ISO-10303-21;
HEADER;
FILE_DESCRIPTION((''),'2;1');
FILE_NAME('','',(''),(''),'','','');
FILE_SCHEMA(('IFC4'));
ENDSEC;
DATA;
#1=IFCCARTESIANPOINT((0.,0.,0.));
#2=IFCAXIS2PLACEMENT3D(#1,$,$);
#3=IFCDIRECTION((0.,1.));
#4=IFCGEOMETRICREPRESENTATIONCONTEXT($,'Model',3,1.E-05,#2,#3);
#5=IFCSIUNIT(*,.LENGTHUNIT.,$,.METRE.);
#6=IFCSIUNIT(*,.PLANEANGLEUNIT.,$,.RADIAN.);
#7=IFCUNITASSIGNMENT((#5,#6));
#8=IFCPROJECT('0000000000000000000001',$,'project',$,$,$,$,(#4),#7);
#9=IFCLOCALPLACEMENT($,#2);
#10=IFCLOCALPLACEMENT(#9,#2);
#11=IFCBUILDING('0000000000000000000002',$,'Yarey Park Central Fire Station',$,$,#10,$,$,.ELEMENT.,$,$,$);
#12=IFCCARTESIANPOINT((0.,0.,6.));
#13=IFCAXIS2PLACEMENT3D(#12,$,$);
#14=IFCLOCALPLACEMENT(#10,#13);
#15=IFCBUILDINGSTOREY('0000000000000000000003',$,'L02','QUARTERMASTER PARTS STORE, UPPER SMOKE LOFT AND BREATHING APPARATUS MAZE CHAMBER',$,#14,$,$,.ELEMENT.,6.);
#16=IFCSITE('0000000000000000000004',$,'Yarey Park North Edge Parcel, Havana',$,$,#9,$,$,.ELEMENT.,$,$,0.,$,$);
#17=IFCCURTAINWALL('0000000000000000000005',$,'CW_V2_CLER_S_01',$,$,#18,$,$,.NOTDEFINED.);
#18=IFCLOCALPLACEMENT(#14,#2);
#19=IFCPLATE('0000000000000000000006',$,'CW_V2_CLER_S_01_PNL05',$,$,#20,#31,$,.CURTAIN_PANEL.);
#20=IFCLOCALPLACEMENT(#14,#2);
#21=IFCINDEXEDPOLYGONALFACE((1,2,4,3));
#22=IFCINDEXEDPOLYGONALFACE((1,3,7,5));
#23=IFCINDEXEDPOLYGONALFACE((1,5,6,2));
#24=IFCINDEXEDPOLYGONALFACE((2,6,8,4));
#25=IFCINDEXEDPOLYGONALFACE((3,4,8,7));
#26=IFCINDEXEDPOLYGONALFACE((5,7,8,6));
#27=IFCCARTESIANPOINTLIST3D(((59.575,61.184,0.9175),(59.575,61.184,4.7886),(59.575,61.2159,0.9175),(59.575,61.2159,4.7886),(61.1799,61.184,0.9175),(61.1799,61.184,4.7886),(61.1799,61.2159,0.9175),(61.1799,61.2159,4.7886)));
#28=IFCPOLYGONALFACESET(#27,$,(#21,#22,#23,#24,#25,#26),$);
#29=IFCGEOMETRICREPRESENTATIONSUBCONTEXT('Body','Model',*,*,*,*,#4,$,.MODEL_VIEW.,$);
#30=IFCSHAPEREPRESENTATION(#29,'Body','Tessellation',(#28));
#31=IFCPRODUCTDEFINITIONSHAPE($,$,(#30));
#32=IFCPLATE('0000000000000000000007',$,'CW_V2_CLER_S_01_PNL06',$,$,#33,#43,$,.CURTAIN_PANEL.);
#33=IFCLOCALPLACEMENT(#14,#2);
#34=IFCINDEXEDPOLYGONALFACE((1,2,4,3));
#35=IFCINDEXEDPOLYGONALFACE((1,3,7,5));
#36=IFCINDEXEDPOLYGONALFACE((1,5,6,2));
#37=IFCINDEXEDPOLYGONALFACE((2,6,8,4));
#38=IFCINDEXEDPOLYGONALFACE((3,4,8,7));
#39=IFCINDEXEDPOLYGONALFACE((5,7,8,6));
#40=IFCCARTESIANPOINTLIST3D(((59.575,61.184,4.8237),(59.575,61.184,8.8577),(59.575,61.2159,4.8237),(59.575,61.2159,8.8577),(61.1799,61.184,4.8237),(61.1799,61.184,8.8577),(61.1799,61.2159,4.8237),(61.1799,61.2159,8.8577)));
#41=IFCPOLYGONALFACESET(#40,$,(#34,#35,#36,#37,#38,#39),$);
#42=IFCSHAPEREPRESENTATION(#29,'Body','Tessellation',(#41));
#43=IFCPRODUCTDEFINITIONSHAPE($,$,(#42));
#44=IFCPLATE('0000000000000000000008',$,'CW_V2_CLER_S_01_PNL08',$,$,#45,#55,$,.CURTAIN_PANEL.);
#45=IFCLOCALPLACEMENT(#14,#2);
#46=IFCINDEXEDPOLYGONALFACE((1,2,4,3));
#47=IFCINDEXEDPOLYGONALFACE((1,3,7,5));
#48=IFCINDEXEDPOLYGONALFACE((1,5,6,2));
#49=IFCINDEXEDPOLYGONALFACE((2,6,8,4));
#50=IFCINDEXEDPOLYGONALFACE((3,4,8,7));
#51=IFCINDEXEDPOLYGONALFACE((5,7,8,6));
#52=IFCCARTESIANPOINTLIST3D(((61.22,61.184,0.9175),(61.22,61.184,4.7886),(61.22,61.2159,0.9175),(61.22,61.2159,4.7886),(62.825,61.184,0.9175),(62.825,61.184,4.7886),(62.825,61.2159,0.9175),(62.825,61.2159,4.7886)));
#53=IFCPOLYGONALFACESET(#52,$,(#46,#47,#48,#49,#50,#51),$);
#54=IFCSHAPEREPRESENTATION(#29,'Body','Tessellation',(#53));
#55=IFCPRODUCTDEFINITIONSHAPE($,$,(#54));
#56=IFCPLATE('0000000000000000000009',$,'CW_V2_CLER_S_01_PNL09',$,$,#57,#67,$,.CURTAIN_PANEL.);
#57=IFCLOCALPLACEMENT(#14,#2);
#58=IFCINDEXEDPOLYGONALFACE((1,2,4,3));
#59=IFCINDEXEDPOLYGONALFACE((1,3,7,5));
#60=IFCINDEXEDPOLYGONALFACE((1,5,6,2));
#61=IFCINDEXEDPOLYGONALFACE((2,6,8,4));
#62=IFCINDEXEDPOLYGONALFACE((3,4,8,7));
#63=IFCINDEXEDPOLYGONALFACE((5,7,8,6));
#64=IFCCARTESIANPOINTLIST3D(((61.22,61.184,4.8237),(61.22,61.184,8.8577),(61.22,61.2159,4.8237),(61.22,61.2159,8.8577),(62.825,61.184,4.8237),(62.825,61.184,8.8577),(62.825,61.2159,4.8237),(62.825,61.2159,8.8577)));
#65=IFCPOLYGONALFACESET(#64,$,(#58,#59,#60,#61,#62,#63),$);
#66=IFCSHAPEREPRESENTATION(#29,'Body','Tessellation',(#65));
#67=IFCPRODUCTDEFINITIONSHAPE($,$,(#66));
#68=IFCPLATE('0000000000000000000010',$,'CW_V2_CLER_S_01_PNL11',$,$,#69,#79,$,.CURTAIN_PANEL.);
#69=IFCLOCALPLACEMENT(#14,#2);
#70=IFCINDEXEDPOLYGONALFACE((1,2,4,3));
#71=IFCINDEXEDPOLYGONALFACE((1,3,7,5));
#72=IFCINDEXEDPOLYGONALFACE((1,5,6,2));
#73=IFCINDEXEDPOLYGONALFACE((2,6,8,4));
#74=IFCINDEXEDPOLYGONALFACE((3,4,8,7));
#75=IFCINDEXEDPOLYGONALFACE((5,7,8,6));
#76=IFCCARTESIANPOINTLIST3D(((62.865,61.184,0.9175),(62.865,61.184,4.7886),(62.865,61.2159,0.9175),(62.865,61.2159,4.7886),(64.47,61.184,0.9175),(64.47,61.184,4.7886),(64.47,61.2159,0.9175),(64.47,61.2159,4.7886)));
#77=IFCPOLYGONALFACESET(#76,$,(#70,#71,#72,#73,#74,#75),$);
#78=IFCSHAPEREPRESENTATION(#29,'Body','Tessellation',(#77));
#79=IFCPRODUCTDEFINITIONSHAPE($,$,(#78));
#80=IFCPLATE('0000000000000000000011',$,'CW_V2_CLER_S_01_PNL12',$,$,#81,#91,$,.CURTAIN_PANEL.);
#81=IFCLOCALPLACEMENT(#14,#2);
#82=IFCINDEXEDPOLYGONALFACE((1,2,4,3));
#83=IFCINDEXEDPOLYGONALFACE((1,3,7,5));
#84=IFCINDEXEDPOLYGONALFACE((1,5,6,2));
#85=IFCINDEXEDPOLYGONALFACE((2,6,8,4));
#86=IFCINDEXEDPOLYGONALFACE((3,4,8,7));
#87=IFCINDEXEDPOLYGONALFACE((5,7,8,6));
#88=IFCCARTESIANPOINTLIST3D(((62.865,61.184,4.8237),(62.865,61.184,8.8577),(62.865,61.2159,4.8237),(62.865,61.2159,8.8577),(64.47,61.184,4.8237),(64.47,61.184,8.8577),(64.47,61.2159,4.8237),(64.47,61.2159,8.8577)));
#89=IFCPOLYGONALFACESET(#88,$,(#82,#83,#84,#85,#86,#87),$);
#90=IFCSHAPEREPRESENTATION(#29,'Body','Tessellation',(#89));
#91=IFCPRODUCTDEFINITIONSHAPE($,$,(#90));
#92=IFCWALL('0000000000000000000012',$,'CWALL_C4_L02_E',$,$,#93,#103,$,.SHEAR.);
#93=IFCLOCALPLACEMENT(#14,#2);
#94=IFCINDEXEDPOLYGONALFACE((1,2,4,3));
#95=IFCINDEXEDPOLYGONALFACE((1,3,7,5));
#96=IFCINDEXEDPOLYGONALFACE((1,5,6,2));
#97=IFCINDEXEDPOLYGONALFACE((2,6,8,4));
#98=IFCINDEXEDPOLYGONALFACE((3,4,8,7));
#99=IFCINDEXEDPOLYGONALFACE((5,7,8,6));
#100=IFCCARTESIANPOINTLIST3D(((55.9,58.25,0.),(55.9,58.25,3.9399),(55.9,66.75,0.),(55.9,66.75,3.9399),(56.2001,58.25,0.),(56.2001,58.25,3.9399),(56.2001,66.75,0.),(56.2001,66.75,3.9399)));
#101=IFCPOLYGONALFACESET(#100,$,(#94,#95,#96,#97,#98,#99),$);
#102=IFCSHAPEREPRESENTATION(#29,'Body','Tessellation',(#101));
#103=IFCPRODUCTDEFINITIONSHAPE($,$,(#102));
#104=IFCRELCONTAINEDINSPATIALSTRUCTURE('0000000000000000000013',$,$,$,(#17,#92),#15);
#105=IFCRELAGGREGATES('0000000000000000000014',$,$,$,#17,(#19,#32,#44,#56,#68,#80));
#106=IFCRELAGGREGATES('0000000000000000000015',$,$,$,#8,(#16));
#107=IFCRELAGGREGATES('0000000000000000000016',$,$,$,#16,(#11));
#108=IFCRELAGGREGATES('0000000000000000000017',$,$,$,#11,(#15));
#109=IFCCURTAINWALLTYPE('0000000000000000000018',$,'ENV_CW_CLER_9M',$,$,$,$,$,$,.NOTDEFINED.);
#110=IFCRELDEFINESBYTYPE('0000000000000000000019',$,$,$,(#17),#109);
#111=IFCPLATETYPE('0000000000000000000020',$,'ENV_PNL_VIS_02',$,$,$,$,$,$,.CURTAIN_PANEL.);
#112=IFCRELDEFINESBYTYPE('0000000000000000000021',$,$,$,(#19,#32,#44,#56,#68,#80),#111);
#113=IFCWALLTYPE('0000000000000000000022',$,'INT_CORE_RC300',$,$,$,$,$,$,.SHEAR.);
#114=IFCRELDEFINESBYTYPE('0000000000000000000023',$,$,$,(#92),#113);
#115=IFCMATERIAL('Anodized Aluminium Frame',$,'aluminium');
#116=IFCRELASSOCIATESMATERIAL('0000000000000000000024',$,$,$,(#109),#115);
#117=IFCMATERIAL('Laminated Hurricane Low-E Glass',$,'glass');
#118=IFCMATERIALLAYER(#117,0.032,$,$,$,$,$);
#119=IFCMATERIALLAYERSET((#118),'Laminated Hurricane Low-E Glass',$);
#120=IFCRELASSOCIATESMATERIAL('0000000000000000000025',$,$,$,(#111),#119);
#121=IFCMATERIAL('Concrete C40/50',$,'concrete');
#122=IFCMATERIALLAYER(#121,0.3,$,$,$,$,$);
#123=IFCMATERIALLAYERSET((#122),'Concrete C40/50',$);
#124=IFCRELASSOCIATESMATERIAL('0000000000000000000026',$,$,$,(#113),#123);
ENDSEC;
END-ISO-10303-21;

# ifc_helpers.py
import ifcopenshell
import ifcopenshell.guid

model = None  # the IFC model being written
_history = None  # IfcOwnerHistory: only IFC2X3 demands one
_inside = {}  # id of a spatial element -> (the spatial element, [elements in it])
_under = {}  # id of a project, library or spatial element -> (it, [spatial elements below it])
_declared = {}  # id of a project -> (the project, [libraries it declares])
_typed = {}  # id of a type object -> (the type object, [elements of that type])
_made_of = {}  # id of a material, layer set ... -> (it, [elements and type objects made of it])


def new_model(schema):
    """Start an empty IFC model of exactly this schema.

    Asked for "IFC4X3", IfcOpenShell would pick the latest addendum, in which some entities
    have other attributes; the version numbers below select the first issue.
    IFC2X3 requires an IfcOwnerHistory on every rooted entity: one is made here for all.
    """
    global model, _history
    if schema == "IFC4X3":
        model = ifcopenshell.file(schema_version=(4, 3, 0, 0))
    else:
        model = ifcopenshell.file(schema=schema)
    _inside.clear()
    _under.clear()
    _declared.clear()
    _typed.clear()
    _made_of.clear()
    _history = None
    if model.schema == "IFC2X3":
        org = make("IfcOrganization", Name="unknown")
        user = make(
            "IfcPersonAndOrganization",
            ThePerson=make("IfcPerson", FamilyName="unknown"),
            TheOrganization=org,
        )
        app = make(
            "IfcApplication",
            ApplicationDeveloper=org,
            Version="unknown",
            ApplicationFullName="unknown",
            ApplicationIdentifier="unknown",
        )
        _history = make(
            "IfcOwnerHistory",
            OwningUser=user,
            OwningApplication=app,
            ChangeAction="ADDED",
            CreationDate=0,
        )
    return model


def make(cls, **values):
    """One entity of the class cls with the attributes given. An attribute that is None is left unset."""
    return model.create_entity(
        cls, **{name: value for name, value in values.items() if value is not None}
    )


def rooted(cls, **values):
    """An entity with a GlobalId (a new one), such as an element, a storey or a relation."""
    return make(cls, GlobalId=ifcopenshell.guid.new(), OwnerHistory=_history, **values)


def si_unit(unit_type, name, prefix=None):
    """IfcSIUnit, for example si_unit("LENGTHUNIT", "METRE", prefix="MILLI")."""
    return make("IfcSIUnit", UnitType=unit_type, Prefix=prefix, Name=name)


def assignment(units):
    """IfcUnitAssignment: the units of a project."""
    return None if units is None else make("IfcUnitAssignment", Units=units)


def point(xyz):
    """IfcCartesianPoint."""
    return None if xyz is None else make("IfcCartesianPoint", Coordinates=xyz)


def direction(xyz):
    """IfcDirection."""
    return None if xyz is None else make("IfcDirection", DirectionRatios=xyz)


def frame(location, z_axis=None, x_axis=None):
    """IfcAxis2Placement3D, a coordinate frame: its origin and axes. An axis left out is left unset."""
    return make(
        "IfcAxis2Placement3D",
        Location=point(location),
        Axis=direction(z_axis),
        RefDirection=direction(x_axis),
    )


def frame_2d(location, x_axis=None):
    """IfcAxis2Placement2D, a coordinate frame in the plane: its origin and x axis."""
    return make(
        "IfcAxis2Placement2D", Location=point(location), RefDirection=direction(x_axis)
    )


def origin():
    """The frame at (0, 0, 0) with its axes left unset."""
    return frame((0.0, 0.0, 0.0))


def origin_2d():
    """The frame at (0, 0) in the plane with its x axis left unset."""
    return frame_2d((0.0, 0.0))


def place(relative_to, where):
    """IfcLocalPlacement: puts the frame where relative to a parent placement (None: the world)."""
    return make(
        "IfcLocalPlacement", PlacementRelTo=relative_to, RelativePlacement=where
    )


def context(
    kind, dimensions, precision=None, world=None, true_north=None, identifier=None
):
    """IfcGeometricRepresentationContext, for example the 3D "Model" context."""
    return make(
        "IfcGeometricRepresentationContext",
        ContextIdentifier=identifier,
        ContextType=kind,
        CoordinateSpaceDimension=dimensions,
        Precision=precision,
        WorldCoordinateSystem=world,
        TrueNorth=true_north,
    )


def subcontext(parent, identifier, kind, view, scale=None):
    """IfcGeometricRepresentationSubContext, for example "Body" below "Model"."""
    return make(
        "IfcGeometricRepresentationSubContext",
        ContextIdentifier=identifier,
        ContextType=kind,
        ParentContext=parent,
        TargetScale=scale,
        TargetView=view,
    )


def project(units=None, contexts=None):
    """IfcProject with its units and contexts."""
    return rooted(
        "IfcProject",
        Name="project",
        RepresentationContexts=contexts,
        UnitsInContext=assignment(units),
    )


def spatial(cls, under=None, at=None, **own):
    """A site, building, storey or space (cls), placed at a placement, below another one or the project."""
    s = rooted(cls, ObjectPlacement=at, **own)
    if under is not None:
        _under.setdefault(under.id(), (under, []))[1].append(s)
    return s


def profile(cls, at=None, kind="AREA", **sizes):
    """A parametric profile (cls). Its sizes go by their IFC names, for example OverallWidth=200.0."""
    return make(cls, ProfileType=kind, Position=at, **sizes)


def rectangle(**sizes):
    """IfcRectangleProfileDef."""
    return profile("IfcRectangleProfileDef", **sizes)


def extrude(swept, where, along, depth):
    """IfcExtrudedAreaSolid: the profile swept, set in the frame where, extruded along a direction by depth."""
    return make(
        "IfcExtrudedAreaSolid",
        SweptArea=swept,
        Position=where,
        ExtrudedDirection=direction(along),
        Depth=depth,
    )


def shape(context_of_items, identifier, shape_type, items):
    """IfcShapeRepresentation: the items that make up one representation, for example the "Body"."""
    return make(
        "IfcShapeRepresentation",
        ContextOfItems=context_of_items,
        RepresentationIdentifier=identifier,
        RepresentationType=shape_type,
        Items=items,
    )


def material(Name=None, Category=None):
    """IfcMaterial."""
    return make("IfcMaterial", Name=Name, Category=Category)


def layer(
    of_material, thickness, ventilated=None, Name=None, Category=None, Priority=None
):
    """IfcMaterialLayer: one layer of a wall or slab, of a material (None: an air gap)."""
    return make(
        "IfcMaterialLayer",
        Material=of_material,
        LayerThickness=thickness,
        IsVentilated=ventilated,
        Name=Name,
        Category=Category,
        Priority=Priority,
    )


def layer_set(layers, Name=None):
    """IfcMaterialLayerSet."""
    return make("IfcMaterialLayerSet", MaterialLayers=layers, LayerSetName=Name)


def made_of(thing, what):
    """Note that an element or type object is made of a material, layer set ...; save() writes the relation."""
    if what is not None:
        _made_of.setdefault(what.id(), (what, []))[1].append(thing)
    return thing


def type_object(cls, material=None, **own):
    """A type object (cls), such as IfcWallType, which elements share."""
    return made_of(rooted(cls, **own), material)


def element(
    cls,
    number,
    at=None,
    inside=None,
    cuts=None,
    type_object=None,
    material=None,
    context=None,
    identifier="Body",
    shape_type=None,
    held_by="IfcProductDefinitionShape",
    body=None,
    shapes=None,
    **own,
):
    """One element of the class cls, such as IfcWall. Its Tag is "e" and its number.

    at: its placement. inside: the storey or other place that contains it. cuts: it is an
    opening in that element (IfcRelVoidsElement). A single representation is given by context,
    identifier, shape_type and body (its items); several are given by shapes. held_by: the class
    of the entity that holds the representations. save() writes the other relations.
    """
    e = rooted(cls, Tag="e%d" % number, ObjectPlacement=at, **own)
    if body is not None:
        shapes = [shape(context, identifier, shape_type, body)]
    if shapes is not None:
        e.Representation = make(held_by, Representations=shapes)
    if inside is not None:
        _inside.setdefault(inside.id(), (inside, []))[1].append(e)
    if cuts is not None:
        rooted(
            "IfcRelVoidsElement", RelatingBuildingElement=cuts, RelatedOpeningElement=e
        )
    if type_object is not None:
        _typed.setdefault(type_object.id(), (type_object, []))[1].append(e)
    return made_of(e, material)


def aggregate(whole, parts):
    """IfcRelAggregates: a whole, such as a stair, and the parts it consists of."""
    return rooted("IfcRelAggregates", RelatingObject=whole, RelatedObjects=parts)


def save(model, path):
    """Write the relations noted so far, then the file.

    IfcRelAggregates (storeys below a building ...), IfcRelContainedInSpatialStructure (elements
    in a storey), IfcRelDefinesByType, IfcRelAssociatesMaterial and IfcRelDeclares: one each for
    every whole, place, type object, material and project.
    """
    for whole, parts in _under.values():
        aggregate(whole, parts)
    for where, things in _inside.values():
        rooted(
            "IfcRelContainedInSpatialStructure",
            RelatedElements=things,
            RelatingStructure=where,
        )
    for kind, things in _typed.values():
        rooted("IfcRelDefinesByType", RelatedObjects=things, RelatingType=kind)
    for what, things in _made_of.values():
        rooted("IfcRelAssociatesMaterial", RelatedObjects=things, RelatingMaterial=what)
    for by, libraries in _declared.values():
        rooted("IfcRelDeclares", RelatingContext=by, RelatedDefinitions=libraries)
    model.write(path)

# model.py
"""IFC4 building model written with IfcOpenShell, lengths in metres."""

from ifc_helpers import new_model, si_unit, direction, frame, frame_2d, origin, origin_2d, place, context, subcontext, project, spatial, rectangle, extrude, material, layer, layer_set, type_object, element, aggregate, save


model = new_model("IFC4")

# Units and contexts
model_context = context("Model", 3, precision=1e-05, world=origin(), true_north=direction((0.0, 1.0)))
body_context = subcontext(model_context, "Body", "Model", "MODEL_VIEW")
ifc_project = project(units=[si_unit("LENGTHUNIT", "METRE"), si_unit("PLANEANGLEUNIT", "RADIAN")], contexts=[model_context])

# Site, building, storey
site_placement = place(None, origin())
site = spatial("IfcSite", under=ifc_project, at=site_placement, Name="Yarey Park North Edge Parcel, Havana", CompositionType="ELEMENT", RefElevation=0.0)
building_placement = place(site_placement, origin())
building = spatial("IfcBuilding", under=site, at=building_placement, Name="Yarey Park Central Fire Station", CompositionType="ELEMENT")
storey_placement = place(building_placement, frame((0.0, 0.0, 6.0)))
storey = spatial("IfcBuildingStorey", under=building, at=storey_placement, Name="L02", Description="QUARTERMASTER PARTS STORE, UPPER SMOKE LOFT AND BREATHING APPARATUS MAZE CHAMBER", CompositionType="ELEMENT", Elevation=6.0)

# Curtain wall
ifc_material_1 = material(Name="Anodized Aluminium Frame", Category="aluminium")
curtain_wall_type = type_object("IfcCurtainWallType", Name="ENV_CW_CLER_9M", PredefinedType="NOTDEFINED", material=ifc_material_1)
curtain_wall_1_placement = place(storey_placement, origin())
curtain_wall_1 = element("IfcCurtainWall", 1, at=curtain_wall_1_placement, inside=storey, type_object=curtain_wall_type, Name="CW_V2_CLER_S_01", PredefinedType="NOTDEFINED")

# Plates
ifc_material_2 = material(Name="Laminated Hurricane Low-E Glass", Category="glass")
ifc_layer_1 = layer(ifc_material_2, 0.032)
ifc_layer_set_1 = layer_set([ifc_layer_1], Name="Laminated Hurricane Low-E Glass")
plate_type_1 = type_object("IfcPlateType", Name="ENV_PNL_VIS_02", PredefinedType="CURTAIN_PANEL", material=ifc_layer_set_1)
plate_1_placement = place(storey_placement, frame((60.3774, 61.2, 0.9175), z_axis=(0.0, 0.0, 1.0), x_axis=(1.0, 0.0, 0.0)))
plate_1 = element("IfcPlate", 2, at=plate_1_placement, type_object=plate_type_1, Name="CW_V2_CLER_S_01_PNL05", PredefinedType="CURTAIN_PANEL", context=body_context, shape_type="SweptSolid", body=[
    extrude(rectangle(XDim=1.605, YDim=0.032, at=origin_2d()), origin(), (0.0, 0.0, 1.0), 3.8711),
])
plate_2_placement = place(storey_placement, frame((60.3774, 61.2, 4.8237), z_axis=(0.0, 0.0, 1.0), x_axis=(1.0, 0.0, 0.0)))
plate_2 = element("IfcPlate", 3, at=plate_2_placement, type_object=plate_type_1, Name="CW_V2_CLER_S_01_PNL06", PredefinedType="CURTAIN_PANEL", context=body_context, shape_type="SweptSolid", body=[
    extrude(rectangle(XDim=1.605, YDim=0.032, at=origin_2d()), origin(), (0.0, 0.0, 1.0), 4.0339),
])
plate_3_placement = place(storey_placement, frame((62.0225, 61.2, 0.9175), z_axis=(0.0, 0.0, 1.0), x_axis=(1.0, 0.0, 0.0)))
plate_3 = element("IfcPlate", 4, at=plate_3_placement, type_object=plate_type_1, Name="CW_V2_CLER_S_01_PNL08", PredefinedType="CURTAIN_PANEL", context=body_context, shape_type="SweptSolid", body=[
    extrude(rectangle(XDim=1.605, YDim=0.032, at=origin_2d()), origin(), (0.0, 0.0, 1.0), 3.8711),
])
plate_4_placement = place(storey_placement, frame((62.0225, 61.2, 4.8237), z_axis=(0.0, 0.0, 1.0), x_axis=(1.0, 0.0, 0.0)))
plate_4 = element("IfcPlate", 5, at=plate_4_placement, type_object=plate_type_1, Name="CW_V2_CLER_S_01_PNL09", PredefinedType="CURTAIN_PANEL", context=body_context, shape_type="SweptSolid", body=[
    extrude(rectangle(XDim=1.605, YDim=0.032, at=origin_2d()), origin(), (0.0, 0.0, 1.0), 4.0339),
])
plate_5_placement = place(storey_placement, frame((63.6675, 61.2, 0.9175), z_axis=(0.0, 0.0, 1.0), x_axis=(1.0, 0.0, 0.0)))
plate_5 = element("IfcPlate", 6, at=plate_5_placement, type_object=plate_type_1, Name="CW_V2_CLER_S_01_PNL11", PredefinedType="CURTAIN_PANEL", context=body_context, shape_type="SweptSolid", body=[
    extrude(rectangle(XDim=1.605, YDim=0.032, at=origin_2d()), origin(), (0.0, 0.0, 1.0), 3.8711),
])
plate_6_placement = place(storey_placement, frame((63.6675, 61.2, 4.8237), z_axis=(0.0, 0.0, 1.0), x_axis=(1.0, 0.0, 0.0)))
plate_6 = element("IfcPlate", 7, at=plate_6_placement, type_object=plate_type_1, Name="CW_V2_CLER_S_01_PNL12", PredefinedType="CURTAIN_PANEL", context=body_context, shape_type="SweptSolid", body=[
    extrude(rectangle(XDim=1.605, YDim=0.032, at=origin_2d()), origin(), (0.0, 0.0, 1.0), 4.0339),
])
aggregate(curtain_wall_1, [plate_1, plate_2, plate_3, plate_4, plate_5, plate_6])

# Wall
ifc_material_3 = material(Name="Concrete C40/50", Category="concrete")
ifc_layer_2 = layer(ifc_material_3, 0.3)
ifc_layer_set_2 = layer_set([ifc_layer_2], Name="Concrete C40/50")
wall_type = type_object("IfcWallType", Name="INT_CORE_RC300", PredefinedType="SHEAR", material=ifc_layer_set_2)
wall_placement = place(storey_placement, frame((56.05, 58.25, 0.0), z_axis=(0.0, 0.0, 1.0), x_axis=(0.0, 1.0, 0.0)))
element("IfcWall", 8, at=wall_placement, inside=storey, type_object=wall_type, Name="CWALL_C4_L02_E", PredefinedType="SHEAR", context=body_context, shape_type="SweptSolid", body=[
    extrude(rectangle(XDim=8.5, YDim=0.3, at=frame_2d((4.25, 0.0))), origin(), (0.0, 0.0, 1.0), 3.9399),
])

save(model, "model.ifc")
